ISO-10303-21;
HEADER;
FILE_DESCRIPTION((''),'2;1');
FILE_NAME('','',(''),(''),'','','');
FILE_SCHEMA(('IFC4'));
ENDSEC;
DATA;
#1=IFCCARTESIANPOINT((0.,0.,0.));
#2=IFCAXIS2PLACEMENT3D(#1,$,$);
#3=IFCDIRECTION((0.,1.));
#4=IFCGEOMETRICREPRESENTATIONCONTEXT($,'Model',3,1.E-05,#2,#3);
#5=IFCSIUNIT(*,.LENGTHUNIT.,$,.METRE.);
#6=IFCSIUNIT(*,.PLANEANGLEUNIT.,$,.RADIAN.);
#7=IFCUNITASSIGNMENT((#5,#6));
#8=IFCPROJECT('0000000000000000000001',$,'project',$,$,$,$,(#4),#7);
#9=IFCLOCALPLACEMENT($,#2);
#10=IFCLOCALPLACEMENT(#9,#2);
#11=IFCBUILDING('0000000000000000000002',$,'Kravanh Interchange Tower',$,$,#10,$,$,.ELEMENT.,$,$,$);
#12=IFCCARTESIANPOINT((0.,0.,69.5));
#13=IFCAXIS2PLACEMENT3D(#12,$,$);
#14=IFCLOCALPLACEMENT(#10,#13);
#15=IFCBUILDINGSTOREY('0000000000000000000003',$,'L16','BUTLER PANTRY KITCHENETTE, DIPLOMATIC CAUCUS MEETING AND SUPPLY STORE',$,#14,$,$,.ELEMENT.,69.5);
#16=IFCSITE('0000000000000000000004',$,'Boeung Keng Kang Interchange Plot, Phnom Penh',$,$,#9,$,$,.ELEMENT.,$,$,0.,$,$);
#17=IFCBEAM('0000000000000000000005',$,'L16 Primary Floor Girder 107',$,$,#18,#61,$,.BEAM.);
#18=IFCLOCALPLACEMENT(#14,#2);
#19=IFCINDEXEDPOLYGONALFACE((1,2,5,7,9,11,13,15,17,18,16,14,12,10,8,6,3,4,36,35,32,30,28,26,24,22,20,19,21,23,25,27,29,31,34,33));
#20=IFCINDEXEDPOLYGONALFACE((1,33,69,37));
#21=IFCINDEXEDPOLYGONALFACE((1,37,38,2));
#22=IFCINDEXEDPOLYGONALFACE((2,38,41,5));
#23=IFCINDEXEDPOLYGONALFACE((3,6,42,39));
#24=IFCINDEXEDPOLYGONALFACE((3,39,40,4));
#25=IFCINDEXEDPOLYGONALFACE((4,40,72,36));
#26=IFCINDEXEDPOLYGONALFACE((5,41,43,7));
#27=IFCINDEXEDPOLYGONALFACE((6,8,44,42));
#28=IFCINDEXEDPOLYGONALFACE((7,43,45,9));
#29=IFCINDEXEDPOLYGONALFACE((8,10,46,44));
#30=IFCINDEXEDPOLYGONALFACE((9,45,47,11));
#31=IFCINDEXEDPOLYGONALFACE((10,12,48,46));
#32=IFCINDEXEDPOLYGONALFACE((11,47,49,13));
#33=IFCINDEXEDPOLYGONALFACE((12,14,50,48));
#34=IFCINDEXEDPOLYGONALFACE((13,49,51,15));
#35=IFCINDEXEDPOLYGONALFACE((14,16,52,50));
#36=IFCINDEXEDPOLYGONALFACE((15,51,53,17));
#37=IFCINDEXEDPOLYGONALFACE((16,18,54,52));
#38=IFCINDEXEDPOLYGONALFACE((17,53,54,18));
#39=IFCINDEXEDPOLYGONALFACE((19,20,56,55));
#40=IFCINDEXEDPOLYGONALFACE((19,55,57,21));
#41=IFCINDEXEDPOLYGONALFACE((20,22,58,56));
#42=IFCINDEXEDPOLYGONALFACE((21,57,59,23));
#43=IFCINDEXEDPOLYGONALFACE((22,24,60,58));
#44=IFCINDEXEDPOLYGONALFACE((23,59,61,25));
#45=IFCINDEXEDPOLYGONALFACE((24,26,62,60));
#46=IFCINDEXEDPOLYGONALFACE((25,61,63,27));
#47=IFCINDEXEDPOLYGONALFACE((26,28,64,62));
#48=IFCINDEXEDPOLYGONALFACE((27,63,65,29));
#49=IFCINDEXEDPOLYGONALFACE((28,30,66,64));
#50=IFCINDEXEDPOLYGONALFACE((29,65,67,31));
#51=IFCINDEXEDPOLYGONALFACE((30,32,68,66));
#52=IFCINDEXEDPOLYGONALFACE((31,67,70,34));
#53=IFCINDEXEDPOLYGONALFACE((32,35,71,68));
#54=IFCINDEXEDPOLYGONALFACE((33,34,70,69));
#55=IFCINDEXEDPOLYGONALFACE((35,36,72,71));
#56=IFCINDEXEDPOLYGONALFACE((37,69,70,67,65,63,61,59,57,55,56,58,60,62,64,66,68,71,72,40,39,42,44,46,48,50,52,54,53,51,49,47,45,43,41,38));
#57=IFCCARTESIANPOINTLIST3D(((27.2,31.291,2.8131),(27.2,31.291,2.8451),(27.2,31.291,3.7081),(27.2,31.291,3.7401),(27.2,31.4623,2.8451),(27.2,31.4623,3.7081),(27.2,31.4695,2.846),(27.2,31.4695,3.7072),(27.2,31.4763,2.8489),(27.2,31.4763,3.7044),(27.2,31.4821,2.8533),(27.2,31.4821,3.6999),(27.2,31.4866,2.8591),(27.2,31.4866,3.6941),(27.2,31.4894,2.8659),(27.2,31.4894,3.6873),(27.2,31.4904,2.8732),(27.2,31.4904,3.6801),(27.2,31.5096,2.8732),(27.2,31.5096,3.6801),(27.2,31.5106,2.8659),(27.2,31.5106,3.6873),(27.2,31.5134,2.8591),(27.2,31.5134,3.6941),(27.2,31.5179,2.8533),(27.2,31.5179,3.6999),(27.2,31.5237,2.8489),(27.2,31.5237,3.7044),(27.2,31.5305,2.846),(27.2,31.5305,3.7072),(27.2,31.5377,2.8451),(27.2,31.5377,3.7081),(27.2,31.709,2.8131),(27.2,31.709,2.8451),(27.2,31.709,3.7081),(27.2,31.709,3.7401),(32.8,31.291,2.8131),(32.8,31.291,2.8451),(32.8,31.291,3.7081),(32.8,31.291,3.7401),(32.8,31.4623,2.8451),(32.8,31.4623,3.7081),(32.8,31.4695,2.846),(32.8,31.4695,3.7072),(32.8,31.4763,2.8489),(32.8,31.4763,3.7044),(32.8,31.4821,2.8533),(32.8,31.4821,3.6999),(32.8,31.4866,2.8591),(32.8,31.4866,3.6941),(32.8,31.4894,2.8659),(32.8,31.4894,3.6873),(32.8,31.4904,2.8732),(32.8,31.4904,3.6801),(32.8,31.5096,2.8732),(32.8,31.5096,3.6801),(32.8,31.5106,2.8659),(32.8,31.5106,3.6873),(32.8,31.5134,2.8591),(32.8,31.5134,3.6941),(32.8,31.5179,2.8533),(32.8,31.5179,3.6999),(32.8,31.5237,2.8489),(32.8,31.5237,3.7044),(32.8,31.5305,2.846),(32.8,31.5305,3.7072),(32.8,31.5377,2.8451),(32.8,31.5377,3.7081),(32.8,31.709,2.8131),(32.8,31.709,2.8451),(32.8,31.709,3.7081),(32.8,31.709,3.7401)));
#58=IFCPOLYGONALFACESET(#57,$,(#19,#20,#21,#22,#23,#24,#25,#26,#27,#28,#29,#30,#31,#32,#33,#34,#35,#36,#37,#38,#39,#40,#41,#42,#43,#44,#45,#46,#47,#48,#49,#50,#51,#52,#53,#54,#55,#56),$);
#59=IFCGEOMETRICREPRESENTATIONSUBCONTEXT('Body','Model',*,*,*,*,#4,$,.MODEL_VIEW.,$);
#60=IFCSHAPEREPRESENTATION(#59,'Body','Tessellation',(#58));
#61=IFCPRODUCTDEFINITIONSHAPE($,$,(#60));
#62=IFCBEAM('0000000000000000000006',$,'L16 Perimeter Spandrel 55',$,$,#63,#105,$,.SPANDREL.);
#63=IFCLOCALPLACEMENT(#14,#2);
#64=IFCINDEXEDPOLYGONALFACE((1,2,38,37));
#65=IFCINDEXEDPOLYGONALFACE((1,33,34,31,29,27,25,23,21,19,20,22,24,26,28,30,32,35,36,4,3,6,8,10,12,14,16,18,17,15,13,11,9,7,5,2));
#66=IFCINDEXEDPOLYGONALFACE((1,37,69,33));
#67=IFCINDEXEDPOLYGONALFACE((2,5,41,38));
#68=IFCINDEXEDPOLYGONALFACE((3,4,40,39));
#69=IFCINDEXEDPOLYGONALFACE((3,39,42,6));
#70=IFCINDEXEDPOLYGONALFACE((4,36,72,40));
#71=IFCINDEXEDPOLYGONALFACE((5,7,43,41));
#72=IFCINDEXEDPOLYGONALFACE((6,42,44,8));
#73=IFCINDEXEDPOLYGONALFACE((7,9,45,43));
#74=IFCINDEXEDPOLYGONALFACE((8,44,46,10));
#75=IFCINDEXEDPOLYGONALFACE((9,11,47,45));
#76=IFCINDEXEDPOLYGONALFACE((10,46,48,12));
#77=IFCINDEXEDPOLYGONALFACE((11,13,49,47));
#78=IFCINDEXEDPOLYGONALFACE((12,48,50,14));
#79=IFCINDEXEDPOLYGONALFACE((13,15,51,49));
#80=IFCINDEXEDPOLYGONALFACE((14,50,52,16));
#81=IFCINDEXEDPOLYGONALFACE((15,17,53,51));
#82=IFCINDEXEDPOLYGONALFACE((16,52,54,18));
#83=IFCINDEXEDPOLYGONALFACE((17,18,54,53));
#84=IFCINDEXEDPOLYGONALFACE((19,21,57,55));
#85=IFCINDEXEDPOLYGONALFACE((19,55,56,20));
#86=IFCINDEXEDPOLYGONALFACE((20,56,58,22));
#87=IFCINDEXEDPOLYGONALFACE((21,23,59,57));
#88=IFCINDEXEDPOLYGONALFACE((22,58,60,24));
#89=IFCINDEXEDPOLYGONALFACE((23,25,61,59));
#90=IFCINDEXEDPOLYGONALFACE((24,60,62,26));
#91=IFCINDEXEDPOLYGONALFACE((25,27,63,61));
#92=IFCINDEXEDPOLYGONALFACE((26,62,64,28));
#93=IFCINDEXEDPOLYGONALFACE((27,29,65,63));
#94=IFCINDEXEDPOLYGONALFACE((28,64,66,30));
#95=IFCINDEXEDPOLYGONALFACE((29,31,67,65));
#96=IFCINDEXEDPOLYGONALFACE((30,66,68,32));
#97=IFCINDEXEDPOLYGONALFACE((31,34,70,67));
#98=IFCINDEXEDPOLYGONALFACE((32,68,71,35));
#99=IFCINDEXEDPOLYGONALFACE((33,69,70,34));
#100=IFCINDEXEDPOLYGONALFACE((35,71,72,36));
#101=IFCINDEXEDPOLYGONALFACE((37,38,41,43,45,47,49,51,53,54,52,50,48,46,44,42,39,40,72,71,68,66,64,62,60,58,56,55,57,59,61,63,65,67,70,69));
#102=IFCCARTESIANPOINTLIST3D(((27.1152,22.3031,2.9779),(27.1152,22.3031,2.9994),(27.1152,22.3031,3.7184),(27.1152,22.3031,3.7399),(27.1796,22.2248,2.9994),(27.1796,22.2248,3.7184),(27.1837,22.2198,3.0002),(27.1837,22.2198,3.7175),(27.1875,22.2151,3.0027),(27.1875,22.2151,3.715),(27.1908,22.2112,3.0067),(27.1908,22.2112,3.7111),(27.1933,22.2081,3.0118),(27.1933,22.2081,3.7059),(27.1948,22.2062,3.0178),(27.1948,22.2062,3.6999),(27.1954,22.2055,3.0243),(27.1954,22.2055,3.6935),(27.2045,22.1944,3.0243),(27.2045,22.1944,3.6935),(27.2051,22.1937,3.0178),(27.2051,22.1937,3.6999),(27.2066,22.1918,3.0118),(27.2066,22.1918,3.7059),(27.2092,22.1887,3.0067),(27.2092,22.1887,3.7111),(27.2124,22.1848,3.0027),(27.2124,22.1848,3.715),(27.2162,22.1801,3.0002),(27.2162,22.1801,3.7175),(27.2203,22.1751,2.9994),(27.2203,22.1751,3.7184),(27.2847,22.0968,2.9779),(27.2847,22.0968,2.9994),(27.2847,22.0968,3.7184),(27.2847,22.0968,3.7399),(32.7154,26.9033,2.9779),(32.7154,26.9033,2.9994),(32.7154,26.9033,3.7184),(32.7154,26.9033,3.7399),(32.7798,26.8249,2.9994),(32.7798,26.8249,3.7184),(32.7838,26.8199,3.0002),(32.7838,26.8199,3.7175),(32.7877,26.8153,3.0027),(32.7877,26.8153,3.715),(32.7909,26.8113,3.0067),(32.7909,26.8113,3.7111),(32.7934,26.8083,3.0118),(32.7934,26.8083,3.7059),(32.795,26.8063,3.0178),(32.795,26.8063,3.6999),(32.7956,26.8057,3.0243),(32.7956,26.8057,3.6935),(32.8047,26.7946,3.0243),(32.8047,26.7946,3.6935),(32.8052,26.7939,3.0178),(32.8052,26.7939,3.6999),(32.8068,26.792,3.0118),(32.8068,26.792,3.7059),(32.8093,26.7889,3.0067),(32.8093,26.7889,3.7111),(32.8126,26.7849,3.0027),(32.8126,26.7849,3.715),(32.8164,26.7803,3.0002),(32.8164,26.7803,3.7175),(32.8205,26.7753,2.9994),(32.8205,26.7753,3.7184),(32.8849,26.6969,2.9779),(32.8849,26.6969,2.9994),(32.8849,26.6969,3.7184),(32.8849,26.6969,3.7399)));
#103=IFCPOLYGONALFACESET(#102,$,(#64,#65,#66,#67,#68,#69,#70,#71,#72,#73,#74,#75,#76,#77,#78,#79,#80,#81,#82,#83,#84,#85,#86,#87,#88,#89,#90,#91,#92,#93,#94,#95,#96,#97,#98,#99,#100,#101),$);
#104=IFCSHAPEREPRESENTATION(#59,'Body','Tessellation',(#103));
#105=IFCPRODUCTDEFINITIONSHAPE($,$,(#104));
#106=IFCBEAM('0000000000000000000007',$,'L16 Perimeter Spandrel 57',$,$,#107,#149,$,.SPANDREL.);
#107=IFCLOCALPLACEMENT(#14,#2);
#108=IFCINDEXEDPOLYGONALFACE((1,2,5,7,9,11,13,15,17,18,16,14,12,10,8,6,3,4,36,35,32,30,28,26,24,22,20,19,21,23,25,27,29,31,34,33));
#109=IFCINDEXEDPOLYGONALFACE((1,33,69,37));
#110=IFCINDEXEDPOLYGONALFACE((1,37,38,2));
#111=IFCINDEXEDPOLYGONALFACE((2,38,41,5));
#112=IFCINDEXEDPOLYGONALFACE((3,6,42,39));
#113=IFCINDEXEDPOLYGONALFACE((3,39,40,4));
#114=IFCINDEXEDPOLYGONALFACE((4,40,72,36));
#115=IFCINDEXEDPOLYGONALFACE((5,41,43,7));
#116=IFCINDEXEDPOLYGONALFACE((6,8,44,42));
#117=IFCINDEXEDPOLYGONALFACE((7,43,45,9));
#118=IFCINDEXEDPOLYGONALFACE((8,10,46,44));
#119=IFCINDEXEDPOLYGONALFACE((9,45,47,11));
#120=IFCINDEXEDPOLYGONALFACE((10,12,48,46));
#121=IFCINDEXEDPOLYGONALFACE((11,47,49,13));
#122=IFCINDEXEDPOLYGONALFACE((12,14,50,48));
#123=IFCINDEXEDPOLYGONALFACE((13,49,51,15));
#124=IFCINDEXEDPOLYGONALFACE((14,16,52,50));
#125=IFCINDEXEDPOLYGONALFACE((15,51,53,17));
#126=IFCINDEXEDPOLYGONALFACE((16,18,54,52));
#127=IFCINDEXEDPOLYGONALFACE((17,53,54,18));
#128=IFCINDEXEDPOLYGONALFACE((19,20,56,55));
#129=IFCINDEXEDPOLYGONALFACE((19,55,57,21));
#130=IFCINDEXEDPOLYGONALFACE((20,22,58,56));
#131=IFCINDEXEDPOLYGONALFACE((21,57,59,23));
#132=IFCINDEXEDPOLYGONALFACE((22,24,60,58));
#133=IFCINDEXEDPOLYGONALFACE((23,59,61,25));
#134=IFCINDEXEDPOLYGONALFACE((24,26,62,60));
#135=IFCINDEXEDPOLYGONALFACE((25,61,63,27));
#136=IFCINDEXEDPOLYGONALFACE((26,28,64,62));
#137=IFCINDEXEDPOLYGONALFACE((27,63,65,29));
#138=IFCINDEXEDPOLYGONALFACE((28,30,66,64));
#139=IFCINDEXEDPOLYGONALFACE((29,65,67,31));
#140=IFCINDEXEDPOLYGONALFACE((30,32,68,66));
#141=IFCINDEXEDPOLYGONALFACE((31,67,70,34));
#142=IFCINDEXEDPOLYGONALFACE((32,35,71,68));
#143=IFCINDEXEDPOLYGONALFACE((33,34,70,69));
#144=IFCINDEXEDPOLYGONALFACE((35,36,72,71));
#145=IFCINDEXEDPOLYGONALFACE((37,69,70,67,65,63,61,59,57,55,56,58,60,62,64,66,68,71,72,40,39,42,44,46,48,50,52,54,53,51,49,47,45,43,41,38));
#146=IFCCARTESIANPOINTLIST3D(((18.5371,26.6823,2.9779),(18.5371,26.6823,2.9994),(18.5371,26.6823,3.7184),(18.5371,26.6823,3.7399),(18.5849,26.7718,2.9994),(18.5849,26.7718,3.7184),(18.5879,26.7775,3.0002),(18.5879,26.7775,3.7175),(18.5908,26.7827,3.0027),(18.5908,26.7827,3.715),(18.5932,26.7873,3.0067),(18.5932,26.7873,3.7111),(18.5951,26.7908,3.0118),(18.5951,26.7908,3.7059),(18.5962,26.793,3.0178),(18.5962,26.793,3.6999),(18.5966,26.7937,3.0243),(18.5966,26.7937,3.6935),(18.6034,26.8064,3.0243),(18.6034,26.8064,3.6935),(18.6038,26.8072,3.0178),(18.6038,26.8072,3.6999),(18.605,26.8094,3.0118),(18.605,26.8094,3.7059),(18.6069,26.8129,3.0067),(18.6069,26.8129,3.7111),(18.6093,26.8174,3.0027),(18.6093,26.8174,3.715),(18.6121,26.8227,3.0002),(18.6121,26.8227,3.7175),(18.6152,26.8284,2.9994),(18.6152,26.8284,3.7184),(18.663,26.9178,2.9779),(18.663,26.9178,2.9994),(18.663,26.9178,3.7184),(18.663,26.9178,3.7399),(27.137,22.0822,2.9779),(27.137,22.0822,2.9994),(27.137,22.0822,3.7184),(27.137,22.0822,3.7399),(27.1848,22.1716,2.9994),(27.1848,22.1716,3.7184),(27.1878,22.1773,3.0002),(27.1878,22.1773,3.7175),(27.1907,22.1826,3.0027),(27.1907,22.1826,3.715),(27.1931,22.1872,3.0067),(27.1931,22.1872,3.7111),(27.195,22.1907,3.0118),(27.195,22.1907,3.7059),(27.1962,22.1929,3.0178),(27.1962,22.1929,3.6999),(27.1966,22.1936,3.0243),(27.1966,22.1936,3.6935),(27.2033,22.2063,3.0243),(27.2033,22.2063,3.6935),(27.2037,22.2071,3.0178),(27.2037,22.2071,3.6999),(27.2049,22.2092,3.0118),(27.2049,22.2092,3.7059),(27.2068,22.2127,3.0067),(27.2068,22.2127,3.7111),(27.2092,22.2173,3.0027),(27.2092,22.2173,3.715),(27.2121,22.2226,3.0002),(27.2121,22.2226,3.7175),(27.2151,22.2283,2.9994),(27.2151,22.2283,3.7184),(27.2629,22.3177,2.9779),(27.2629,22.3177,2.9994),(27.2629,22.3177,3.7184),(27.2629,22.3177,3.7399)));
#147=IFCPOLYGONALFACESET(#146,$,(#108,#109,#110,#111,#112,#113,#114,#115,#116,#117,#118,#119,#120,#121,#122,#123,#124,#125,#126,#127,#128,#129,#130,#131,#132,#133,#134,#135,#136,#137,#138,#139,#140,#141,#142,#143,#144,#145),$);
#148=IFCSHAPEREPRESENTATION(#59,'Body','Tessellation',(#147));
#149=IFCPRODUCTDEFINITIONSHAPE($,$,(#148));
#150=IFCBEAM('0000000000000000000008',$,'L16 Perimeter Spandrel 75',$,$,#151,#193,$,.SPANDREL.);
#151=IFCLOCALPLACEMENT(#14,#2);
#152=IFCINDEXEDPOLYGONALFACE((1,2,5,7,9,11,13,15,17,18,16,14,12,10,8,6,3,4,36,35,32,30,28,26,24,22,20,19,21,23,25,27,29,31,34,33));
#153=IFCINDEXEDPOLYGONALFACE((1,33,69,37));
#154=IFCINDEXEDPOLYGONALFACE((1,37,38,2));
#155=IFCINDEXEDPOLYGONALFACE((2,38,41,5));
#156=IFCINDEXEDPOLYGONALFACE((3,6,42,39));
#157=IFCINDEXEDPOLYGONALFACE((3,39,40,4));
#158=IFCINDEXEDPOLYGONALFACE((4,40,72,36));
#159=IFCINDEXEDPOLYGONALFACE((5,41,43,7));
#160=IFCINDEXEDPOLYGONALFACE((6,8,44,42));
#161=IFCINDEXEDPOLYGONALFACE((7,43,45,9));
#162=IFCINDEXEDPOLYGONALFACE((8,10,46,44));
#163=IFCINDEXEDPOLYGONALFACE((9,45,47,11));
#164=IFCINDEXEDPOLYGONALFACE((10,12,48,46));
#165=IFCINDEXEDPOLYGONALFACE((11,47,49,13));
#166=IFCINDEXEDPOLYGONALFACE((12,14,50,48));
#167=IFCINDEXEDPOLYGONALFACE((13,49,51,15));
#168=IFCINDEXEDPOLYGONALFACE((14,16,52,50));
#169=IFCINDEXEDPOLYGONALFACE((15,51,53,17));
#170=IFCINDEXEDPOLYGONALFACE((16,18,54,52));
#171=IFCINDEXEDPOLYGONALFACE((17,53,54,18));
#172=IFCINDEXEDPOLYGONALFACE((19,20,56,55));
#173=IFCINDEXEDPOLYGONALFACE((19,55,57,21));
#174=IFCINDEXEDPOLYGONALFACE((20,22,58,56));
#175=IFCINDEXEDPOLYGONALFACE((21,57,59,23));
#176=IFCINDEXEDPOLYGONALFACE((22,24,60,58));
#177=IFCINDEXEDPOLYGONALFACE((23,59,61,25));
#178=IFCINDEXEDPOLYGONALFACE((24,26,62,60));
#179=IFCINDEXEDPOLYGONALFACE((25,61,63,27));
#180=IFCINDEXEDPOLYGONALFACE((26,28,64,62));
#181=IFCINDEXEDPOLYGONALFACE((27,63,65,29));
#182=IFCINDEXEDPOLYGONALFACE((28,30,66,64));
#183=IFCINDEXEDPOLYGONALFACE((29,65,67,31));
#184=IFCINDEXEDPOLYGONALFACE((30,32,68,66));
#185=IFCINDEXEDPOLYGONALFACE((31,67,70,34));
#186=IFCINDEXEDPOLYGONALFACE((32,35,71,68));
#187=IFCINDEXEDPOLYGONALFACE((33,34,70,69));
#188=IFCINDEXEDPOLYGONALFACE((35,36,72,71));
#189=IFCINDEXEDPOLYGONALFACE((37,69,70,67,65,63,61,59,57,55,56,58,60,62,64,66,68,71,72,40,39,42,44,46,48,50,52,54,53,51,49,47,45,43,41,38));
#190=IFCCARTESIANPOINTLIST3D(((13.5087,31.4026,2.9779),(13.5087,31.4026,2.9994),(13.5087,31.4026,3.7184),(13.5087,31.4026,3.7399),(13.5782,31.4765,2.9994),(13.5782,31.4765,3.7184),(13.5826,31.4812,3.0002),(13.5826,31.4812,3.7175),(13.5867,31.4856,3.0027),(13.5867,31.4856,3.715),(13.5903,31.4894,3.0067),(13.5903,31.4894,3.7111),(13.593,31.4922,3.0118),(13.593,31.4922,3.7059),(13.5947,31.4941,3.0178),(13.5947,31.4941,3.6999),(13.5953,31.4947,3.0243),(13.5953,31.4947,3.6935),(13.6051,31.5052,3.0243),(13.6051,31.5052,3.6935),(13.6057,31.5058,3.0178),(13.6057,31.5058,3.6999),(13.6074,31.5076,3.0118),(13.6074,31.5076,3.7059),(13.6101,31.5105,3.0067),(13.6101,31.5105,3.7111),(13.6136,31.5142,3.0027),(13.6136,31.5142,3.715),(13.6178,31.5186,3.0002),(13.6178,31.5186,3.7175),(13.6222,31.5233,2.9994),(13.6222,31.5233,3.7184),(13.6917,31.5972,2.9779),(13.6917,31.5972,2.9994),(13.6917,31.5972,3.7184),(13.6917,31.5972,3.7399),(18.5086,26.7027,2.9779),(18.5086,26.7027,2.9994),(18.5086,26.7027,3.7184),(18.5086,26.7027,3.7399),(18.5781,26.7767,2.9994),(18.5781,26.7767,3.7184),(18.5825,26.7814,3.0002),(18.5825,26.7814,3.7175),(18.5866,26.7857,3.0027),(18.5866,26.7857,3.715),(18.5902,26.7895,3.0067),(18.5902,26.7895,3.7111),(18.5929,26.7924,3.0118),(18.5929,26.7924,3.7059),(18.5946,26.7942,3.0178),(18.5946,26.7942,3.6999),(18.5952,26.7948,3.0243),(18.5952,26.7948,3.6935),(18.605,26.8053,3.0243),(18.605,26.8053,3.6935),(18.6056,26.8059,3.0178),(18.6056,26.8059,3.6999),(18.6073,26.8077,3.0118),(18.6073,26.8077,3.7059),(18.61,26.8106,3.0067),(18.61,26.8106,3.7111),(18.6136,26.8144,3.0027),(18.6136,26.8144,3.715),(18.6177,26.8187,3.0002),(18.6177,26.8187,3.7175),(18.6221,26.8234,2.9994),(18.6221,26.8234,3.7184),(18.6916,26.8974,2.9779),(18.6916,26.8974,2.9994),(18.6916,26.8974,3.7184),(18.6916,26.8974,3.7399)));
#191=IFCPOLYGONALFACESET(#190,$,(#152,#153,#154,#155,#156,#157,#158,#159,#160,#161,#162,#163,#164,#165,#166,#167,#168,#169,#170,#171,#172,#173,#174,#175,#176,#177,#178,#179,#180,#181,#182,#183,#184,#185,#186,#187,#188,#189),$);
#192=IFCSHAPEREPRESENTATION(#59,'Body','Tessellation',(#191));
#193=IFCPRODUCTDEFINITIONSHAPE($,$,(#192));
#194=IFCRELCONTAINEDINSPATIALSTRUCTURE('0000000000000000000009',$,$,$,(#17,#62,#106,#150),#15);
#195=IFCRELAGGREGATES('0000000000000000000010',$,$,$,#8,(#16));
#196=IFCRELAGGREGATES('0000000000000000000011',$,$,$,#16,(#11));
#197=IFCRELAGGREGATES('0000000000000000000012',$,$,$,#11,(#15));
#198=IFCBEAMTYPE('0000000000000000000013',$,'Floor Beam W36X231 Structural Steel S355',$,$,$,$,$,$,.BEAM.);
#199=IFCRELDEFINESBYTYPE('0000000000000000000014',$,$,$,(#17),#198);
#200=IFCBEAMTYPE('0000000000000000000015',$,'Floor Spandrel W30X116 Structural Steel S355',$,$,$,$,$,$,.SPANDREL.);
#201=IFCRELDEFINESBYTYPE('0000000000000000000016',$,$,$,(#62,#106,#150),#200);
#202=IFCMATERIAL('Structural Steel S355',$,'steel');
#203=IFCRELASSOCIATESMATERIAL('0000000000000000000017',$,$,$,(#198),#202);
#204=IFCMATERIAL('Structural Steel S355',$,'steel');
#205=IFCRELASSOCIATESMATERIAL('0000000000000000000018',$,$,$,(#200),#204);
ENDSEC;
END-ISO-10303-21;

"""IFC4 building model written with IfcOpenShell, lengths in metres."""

from ifc_helpers import new_model, si_unit, direction, frame, origin, origin_2d, place, context, subcontext, project, spatial, i_section, extrude, material, material_profile, profile_set, type_object, element, save


model = new_model("IFC4")

# Units and contexts
model_context = context("Model", 3, precision=1e-05, world=origin(), true_north=direction((0.0, 1.0)))
body_context = subcontext(model_context, "Body", "Model", "MODEL_VIEW")
ifc_project = project(units=[si_unit("LENGTHUNIT", "METRE"), si_unit("PLANEANGLEUNIT", "RADIAN")], contexts=[model_context])

# Site, building, storey
site_placement = place(None, origin())
site = spatial("IfcSite", under=ifc_project, at=site_placement, Name="Boeung Keng Kang Interchange Plot, Phnom Penh", CompositionType="ELEMENT", RefElevation=0.0)
building_placement = place(site_placement, origin())
building = spatial("IfcBuilding", under=site, at=building_placement, Name="Kravanh Interchange Tower", CompositionType="ELEMENT")
storey_placement = place(building_placement, frame((0.0, 0.0, 69.5)))
storey = spatial("IfcBuildingStorey", under=building, at=storey_placement, Name="L16", Description="BUTLER PANTRY KITCHENETTE, DIPLOMATIC CAUCUS MEETING AND SUPPLY STORE", CompositionType="ELEMENT", Elevation=69.5)

# Beams
ifc_material_1 = material(Name="Structural Steel S355", Category="steel")
ifc_material_profile_1 = material_profile(ifc_material_1, i_section(OverallWidth=0.418, OverallDepth=0.927, WebThickness=0.0193, FlangeThickness=0.032, FilletRadius=0.0281, at=origin_2d()), Name="W36X231")
ifc_profile_set_1 = profile_set([ifc_material_profile_1], Name="Structural Steel S355")
beam_type_1 = type_object("IfcBeamType", Name="Floor Beam W36X231 Structural Steel S355", PredefinedType="BEAM", material=ifc_profile_set_1)
beam_1_placement = place(storey_placement, frame((27.2, 31.5, 3.2766), z_axis=(1.0, 0.0, 0.0), x_axis=(0.0, 1.0, 0.0)))
element("IfcBeam", 1, at=beam_1_placement, inside=storey, type_object=beam_type_1, Name="L16 Primary Floor Girder 107", PredefinedType="BEAM", context=body_context, shape_type="SweptSolid", body=[
    extrude(i_section(OverallWidth=0.418, OverallDepth=0.927, WebThickness=0.0193, FlangeThickness=0.032, FilletRadius=0.0281, at=origin_2d()), origin(), (0.0, 0.0, 1.0), 5.6001),
])
ifc_material_2 = material(Name="Structural Steel S355", Category="steel")
ifc_material_profile_2 = material_profile(ifc_material_2, i_section(OverallWidth=0.2671, OverallDepth=0.762, WebThickness=0.0144, FlangeThickness=0.0215, FilletRadius=0.0249, at=origin_2d()), Name="W30X116")
ifc_profile_set_2 = profile_set([ifc_material_profile_2], Name="Structural Steel S355")
beam_type_2 = type_object("IfcBeamType", Name="Floor Spandrel W30X116 Structural Steel S355", PredefinedType="SPANDREL", material=ifc_profile_set_2)
beam_2_placement = place(storey_placement, frame((27.2, 22.2, 3.3589), z_axis=(0.772725, 0.634741, 0.0), x_axis=(-0.634741, 0.772725, 0.0)))
element("IfcBeam", 2, at=beam_2_placement, inside=storey, type_object=beam_type_2, Name="L16 Perimeter Spandrel 55", PredefinedType="SPANDREL", context=body_context, shape_type="SweptSolid", body=[
    extrude(i_section(OverallWidth=0.2671, OverallDepth=0.762, WebThickness=0.0144, FlangeThickness=0.0215, FilletRadius=0.0249, at=origin_2d()), origin(), (0.0, 0.0, 1.0), 7.2473),
])
beam_3_placement = place(storey_placement, frame((27.2, 22.2, 3.3589), z_axis=(-0.881777, 0.471666, 0.0), x_axis=(-0.471666, -0.881777, 0.0)))
element("IfcBeam", 3, at=beam_3_placement, inside=storey, type_object=beam_type_2, Name="L16 Perimeter Spandrel 57", PredefinedType="SPANDREL", context=body_context, shape_type="SweptSolid", body=[
    extrude(i_section(OverallWidth=0.2671, OverallDepth=0.762, WebThickness=0.0144, FlangeThickness=0.0215, FilletRadius=0.0249, at=origin_2d()), origin(), (0.0, 0.0, 1.0), 9.7529),
])
beam_4_placement = place(storey_placement, frame((18.6001, 26.8, 3.3589), z_axis=(-0.728631, 0.684906, 0.0), x_axis=(-0.684906, -0.728631, 0.0)))
element("IfcBeam", 4, at=beam_4_placement, inside=storey, type_object=beam_type_2, Name="L16 Perimeter Spandrel 75", PredefinedType="SPANDREL", context=body_context, shape_type="SweptSolid", body=[
    extrude(i_section(OverallWidth=0.2671, OverallDepth=0.762, WebThickness=0.0144, FlangeThickness=0.0215, FilletRadius=0.0249, at=origin_2d()), origin(), (0.0, 0.0, 1.0), 6.8621),
])

save(model, "model.ifc")
